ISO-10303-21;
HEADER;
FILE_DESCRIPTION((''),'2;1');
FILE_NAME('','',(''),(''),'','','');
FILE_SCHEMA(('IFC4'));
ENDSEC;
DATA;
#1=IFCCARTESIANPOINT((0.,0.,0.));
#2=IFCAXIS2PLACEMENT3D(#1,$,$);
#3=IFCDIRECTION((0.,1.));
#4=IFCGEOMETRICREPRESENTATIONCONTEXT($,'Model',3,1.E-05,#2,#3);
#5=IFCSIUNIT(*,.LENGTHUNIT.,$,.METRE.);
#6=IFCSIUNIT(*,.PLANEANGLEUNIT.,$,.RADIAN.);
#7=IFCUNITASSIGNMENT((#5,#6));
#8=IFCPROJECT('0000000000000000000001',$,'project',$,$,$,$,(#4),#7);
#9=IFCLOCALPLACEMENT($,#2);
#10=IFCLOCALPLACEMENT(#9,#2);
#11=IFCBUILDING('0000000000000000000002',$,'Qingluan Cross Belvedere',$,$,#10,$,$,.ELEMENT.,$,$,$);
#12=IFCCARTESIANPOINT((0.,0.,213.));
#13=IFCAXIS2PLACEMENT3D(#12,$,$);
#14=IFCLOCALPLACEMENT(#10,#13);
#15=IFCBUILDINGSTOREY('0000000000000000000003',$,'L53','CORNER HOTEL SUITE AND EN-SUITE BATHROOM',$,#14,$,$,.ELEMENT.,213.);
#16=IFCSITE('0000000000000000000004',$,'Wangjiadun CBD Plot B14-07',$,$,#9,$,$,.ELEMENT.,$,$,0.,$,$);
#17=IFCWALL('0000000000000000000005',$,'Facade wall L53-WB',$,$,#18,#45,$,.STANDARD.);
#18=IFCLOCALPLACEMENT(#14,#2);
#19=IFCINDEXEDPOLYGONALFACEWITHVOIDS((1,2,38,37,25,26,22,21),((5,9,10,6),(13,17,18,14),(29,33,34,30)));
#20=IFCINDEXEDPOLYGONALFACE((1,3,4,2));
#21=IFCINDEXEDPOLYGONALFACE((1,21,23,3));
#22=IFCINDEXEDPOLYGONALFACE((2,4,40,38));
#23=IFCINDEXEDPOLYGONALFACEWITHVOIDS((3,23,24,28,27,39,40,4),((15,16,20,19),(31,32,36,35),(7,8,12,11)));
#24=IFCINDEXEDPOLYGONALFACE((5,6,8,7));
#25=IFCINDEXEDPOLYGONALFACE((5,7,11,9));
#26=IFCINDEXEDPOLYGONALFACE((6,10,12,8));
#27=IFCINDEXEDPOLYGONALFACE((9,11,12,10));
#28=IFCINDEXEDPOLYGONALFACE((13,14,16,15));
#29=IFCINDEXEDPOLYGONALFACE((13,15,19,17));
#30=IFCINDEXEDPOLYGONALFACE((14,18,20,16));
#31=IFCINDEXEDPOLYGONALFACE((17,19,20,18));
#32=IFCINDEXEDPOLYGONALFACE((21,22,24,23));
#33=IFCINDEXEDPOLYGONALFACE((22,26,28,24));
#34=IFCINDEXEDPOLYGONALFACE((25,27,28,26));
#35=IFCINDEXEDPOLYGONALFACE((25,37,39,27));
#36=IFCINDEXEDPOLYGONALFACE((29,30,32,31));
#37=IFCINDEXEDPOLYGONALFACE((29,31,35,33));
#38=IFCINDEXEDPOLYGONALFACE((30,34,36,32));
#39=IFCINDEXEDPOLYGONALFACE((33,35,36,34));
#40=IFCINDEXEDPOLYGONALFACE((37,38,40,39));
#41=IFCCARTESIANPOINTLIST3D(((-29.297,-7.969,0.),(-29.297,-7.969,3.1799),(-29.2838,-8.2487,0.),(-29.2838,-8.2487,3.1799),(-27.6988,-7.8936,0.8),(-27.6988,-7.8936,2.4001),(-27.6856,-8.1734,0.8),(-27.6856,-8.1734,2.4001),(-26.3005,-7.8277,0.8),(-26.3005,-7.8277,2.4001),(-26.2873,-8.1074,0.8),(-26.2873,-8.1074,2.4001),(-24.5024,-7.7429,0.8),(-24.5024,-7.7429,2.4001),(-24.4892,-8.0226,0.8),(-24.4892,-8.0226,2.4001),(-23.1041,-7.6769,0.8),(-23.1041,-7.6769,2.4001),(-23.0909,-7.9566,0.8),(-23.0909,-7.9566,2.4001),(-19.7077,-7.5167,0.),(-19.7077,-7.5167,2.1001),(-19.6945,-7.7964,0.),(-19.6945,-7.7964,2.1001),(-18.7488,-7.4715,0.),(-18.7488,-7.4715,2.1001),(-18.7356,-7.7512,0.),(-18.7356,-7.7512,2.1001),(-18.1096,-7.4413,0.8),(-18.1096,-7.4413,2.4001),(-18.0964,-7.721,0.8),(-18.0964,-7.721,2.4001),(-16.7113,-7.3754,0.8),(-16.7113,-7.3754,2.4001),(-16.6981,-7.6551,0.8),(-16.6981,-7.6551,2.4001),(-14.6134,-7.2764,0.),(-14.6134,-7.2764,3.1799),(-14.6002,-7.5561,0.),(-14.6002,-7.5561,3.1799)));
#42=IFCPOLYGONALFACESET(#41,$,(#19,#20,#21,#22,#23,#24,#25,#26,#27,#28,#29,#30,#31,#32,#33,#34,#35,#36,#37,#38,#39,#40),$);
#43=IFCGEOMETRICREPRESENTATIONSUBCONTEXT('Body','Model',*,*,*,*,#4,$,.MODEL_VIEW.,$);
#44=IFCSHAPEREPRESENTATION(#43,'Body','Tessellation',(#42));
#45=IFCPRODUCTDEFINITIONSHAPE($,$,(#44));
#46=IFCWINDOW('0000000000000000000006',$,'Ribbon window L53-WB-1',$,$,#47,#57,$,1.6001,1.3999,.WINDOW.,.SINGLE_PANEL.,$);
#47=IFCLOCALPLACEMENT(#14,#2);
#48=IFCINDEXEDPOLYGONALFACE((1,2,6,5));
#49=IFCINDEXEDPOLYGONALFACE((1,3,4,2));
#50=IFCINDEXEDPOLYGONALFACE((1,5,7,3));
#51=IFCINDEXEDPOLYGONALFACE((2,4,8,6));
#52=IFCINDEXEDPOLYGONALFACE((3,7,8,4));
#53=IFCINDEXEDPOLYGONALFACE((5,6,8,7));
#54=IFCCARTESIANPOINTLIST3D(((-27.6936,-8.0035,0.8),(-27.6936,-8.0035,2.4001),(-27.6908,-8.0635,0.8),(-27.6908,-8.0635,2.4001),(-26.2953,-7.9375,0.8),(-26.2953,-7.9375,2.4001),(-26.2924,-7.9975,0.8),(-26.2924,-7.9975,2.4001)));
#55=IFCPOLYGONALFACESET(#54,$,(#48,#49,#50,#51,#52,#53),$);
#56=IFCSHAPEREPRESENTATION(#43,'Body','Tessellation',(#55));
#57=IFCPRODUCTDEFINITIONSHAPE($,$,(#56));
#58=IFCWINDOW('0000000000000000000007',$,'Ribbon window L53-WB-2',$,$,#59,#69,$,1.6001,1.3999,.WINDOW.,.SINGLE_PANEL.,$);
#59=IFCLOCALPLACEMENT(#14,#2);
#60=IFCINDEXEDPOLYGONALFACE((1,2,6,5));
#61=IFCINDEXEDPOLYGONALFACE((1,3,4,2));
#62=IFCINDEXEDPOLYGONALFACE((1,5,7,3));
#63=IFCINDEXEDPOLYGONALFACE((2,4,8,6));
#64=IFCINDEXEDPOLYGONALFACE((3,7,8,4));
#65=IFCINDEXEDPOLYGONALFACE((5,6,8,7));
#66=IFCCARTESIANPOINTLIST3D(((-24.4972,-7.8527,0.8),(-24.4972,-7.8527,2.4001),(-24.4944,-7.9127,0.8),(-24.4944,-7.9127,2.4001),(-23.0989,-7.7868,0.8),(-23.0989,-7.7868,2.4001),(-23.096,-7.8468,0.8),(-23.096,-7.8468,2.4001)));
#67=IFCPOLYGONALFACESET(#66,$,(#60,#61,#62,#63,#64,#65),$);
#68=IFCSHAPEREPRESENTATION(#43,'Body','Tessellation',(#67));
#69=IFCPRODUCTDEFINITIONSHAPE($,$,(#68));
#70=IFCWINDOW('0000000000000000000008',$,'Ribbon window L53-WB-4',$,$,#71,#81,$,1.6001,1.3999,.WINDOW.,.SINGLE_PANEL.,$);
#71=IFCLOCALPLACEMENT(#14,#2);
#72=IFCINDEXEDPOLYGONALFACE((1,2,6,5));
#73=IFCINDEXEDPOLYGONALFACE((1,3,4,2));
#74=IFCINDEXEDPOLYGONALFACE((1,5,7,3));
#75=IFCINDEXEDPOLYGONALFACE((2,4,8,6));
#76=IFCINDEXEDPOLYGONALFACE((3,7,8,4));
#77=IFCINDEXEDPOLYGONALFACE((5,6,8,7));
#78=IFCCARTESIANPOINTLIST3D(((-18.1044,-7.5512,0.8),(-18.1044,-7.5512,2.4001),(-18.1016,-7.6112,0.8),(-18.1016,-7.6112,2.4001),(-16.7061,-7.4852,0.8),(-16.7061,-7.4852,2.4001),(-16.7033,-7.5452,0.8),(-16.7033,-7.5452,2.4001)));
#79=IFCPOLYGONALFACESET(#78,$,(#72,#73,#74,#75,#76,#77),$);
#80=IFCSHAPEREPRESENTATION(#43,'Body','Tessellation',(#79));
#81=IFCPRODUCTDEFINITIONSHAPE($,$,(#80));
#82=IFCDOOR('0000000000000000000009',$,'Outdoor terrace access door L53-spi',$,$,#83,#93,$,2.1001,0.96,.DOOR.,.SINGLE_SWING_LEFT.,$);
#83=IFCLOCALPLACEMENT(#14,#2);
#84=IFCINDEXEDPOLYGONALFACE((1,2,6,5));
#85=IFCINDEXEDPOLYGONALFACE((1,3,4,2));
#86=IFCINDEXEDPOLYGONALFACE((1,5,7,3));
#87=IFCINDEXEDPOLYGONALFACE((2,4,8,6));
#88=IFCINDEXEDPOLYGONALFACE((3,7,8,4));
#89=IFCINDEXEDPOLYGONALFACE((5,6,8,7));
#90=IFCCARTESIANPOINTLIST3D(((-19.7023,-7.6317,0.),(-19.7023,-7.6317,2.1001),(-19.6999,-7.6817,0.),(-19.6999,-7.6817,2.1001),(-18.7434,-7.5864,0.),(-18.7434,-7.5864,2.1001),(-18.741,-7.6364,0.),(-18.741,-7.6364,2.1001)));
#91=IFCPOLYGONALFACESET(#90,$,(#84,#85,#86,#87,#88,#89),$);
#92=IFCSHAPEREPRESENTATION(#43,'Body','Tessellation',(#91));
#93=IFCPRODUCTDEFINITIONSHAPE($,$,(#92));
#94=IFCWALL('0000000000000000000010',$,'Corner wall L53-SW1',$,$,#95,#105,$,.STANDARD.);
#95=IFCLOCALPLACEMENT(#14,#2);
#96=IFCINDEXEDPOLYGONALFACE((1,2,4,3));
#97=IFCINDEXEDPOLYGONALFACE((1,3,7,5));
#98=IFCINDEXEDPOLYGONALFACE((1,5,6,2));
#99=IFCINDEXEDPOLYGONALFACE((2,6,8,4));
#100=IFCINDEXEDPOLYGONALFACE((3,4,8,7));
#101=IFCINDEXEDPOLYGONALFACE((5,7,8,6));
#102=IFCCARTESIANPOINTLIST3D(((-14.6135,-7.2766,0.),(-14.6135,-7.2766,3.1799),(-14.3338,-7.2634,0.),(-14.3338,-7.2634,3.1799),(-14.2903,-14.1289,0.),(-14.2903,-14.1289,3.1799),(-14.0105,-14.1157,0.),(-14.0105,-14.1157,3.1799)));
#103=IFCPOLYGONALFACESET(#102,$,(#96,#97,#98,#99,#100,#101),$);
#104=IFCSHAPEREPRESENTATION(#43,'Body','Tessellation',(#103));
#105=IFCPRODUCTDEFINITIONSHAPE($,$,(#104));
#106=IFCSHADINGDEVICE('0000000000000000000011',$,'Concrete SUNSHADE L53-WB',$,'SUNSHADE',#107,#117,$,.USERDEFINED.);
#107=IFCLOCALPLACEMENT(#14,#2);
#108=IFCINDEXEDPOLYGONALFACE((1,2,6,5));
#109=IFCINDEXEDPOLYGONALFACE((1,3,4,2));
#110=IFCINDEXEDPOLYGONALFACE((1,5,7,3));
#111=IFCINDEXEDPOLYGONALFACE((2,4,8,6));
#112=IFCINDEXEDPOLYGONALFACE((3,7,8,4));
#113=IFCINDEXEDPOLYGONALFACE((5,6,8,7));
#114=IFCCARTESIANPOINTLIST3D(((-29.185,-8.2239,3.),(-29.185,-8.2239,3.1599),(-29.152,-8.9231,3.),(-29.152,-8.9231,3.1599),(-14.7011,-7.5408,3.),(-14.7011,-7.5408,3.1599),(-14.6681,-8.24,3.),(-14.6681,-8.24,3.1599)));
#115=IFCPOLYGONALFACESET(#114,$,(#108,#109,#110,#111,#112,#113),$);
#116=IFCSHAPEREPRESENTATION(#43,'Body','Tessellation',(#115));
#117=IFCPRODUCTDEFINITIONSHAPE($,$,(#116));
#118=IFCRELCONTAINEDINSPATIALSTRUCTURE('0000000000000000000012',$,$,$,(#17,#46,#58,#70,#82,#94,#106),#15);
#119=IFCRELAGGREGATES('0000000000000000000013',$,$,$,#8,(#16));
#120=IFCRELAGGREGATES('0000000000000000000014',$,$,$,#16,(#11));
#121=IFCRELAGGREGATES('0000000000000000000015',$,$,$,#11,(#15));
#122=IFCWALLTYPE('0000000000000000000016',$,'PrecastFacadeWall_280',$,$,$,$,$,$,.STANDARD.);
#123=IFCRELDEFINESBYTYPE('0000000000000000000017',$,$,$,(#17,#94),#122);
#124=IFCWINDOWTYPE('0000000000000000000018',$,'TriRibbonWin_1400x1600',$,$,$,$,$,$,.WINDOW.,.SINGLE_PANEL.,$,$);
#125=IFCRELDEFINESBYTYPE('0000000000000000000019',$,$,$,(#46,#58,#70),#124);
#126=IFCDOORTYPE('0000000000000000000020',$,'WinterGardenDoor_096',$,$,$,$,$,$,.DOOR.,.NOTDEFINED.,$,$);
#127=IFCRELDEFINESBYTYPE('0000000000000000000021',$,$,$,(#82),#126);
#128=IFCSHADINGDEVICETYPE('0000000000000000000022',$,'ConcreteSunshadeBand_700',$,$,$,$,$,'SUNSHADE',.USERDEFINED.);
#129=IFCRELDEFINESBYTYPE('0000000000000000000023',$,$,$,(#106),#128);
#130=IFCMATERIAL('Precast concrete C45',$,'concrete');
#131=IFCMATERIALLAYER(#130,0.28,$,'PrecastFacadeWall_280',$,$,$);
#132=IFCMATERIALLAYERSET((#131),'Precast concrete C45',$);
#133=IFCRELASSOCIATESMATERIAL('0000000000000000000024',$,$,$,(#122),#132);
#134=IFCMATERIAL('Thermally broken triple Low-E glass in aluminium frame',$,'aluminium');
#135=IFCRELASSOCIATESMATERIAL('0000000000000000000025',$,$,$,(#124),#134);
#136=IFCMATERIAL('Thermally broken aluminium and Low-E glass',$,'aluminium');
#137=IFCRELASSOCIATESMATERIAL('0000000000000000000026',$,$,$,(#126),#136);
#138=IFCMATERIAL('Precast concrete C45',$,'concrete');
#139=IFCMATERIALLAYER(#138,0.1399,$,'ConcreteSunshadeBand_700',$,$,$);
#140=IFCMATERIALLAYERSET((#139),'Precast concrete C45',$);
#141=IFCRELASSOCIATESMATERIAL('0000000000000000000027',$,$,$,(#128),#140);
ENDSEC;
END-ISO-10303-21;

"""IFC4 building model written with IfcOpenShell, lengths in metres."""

from ifc_helpers import new_model, si_unit, direction, frame, frame_2d, origin, origin_2d, place, context, subcontext, project, spatial, rectangle, extrude, material, layer, layer_set, type_object, element, fill, save


model = new_model("IFC4")

# Units and contexts
model_context = context("Model", 3, precision=1e-05, world=origin(), true_north=direction((0.0, 1.0)))
body_context = subcontext(model_context, "Body", "Model", "MODEL_VIEW")
ifc_project = project(units=[si_unit("LENGTHUNIT", "METRE"), si_unit("PLANEANGLEUNIT", "RADIAN")], contexts=[model_context])

# Site, building, storey
site_placement = place(None, origin())
site = spatial("IfcSite", under=ifc_project, at=site_placement, Name="Wangjiadun CBD Plot B14-07", CompositionType="ELEMENT", RefElevation=0.0)
building_placement = place(site_placement, origin())
building = spatial("IfcBuilding", under=site, at=building_placement, Name="Qingluan Cross Belvedere", CompositionType="ELEMENT")
storey_placement = place(building_placement, frame((0.0, 0.0, 213.0)))
storey = spatial("IfcBuildingStorey", under=building, at=storey_placement, Name="L53", Description="CORNER HOTEL SUITE AND EN-SUITE BATHROOM", CompositionType="ELEMENT", Elevation=213.0)

# Wall, openings, windows, door
ifc_material_1 = material(Name="Precast concrete C45", Category="concrete")
ifc_layer_1 = layer(ifc_material_1, 0.28, Name="PrecastFacadeWall_280")
ifc_layer_set_1 = layer_set([ifc_layer_1], Name="Precast concrete C45")
wall_type_1 = type_object("IfcWallType", Name="PrecastFacadeWall_280", PredefinedType="STANDARD", material=ifc_layer_set_1)
wall_1_placement = place(storey_placement, frame((-29.2905, -8.1089, 0.0), z_axis=(0.0, 0.0, 1.0), x_axis=(0.998889, 0.047118, 0.0)))
wall_1 = element("IfcWall", 1, at=wall_1_placement, inside=storey, type_object=wall_type_1, Name="Facade wall L53-WB", PredefinedType="STANDARD", context=body_context, shape_type="SweptSolid", body=[
    extrude(rectangle(XDim=14.7, YDim=0.28, at=frame_2d((7.3501, 0.0))), origin(), (0.0, 0.0, 1.0), 3.1799),
])
opening_1_placement = place(wall_1_placement, frame((1.6001, 0.0, 0.8)))
opening_1 = element("IfcOpeningElement", 2, at=opening_1_placement, cuts=wall_1, PredefinedType="OPENING", context=body_context, shape_type="SweptSolid", body=[
    extrude(rectangle(XDim=1.3999, YDim=1.6001, at=frame_2d((0.7, 0.8))), frame((0.0, 0.1499, 0.0), z_axis=(0.0, -1.0, 0.0), x_axis=(1.0, 0.0, 0.0)), (0.0, 0.0, 1.0), 0.3),
])
opening_2_placement = place(wall_1_placement, frame((4.8, 0.0, 0.8)))
opening_2 = element("IfcOpeningElement", 3, at=opening_2_placement, cuts=wall_1, PredefinedType="OPENING", context=body_context, shape_type="SweptSolid", body=[
    extrude(rectangle(XDim=1.3999, YDim=1.6001, at=frame_2d((0.7, 0.8))), frame((0.0, 0.1499, 0.0), z_axis=(0.0, -1.0, 0.0), x_axis=(1.0, 0.0, 0.0)), (0.0, 0.0, 1.0), 0.3),
])
opening_3_placement = place(wall_1_placement, frame((11.2, 0.0, 0.8)))
opening_3 = element("IfcOpeningElement", 4, at=opening_3_placement, cuts=wall_1, PredefinedType="OPENING", context=body_context, shape_type="SweptSolid", body=[
    extrude(rectangle(XDim=1.3999, YDim=1.6001, at=frame_2d((0.7, 0.8))), frame((0.0, 0.1499, 0.0), z_axis=(0.0, -1.0, 0.0), x_axis=(1.0, 0.0, 0.0)), (0.0, 0.0, 1.0), 0.3),
])
opening_4_placement = place(wall_1_placement, frame((9.6001, 0.0, 0.0)))
opening_4 = element("IfcOpeningElement", 5, at=opening_4_placement, cuts=wall_1, PredefinedType="OPENING", context=body_context, shape_type="SweptSolid", body=[
    extrude(rectangle(XDim=0.96, YDim=2.1001, at=frame_2d((0.48, 1.05))), frame((0.0, 0.1499, 0.0), z_axis=(0.0, -1.0, 0.0), x_axis=(1.0, 0.0, 0.0)), (0.0, 0.0, 1.0), 0.3),
])
ifc_material_2 = material(Name="Thermally broken triple Low-E glass in aluminium frame", Category="aluminium")
window_type = type_object("IfcWindowType", Name="TriRibbonWin_1400x1600", PartitioningType="SINGLE_PANEL", PredefinedType="WINDOW", material=ifc_material_2)
window_1_placement = place(opening_1_placement, origin())
window_1 = element("IfcWindow", 6, at=window_1_placement, inside=storey, type_object=window_type, Name="Ribbon window L53-WB-1", OverallHeight=1.6001, OverallWidth=1.3999, PartitioningType="SINGLE_PANEL", PredefinedType="WINDOW", context=body_context, shape_type="SweptSolid", body=[
    extrude(rectangle(XDim=1.3999, YDim=1.6001, at=frame_2d((0.7, 0.8))), frame((0.0, 0.03, 0.0), z_axis=(0.0, -1.0, 0.0), x_axis=(1.0, 0.0, 0.0)), (0.0, 0.0, 1.0), 0.0601),
])
fill(opening_1, window_1)
window_2_placement = place(opening_2_placement, origin())
window_2 = element("IfcWindow", 7, at=window_2_placement, inside=storey, type_object=window_type, Name="Ribbon window L53-WB-2", OverallHeight=1.6001, OverallWidth=1.3999, PartitioningType="SINGLE_PANEL", PredefinedType="WINDOW", context=body_context, shape_type="SweptSolid", body=[
    extrude(rectangle(XDim=1.3999, YDim=1.6001, at=frame_2d((0.7, 0.8))), frame((0.0, 0.03, 0.0), z_axis=(0.0, -1.0, 0.0), x_axis=(1.0, 0.0, 0.0)), (0.0, 0.0, 1.0), 0.0601),
])
fill(opening_2, window_2)
window_3_placement = place(opening_3_placement, origin())
window_3 = element("IfcWindow", 8, at=window_3_placement, inside=storey, type_object=window_type, Name="Ribbon window L53-WB-4", OverallHeight=1.6001, OverallWidth=1.3999, PartitioningType="SINGLE_PANEL", PredefinedType="WINDOW", context=body_context, shape_type="SweptSolid", body=[
    extrude(rectangle(XDim=1.3999, YDim=1.6001, at=frame_2d((0.7, 0.8))), frame((0.0, 0.03, 0.0), z_axis=(0.0, -1.0, 0.0), x_axis=(1.0, 0.0, 0.0)), (0.0, 0.0, 1.0), 0.0601),
])
fill(opening_3, window_3)
ifc_material_3 = material(Name="Thermally broken aluminium and Low-E glass", Category="aluminium")
door_type_1 = type_object("IfcDoorType", Name="WinterGardenDoor_096", OperationType="NOTDEFINED", PredefinedType="DOOR", material=ifc_material_3)
door_1_placement = place(opening_4_placement, origin())
door_1 = element("IfcDoor", 9, at=door_1_placement, inside=storey, type_object=door_type_1, Name="Outdoor terrace access door L53-spi", OperationType="SINGLE_SWING_LEFT", OverallHeight=2.1001, OverallWidth=0.96, PredefinedType="DOOR", context=body_context, shape_type="SweptSolid", body=[
    extrude(rectangle(XDim=0.96, YDim=2.1001, at=frame_2d((0.48, 1.05))), frame((0.0, 0.0249, 0.0), z_axis=(0.0, -1.0, 0.0), x_axis=(1.0, 0.0, 0.0)), (0.0, 0.0, 1.0), 0.05),
])
fill(opening_4, door_1)

# Wall
wall_2_placement = place(storey_placement, frame((-14.4736, -7.27, 0.0), z_axis=(0.0, 0.0, 1.0), x_axis=(0.04712, -0.998889, 0.0)))
element("IfcWall", 10, at=wall_2_placement, inside=storey, type_object=wall_type_1, Name="Corner wall L53-SW1", PredefinedType="STANDARD", context=body_context, shape_type="SweptSolid", body=[
    extrude(rectangle(XDim=6.8599, YDim=0.28, at=frame_2d((3.4299, 0.0))), origin(), (0.0, 0.0, 1.0), 3.1799),
])

# Shading device
ifc_material_4 = material(Name="Precast concrete C45", Category="concrete")
ifc_layer_2 = layer(ifc_material_4, 0.1399, Name="ConcreteSunshadeBand_700")
ifc_layer_set_2 = layer_set([ifc_layer_2], Name="Precast concrete C45")
shading_device_type = type_object("IfcShadingDeviceType", Name="ConcreteSunshadeBand_700", ElementType="SUNSHADE", PredefinedType="USERDEFINED", material=ifc_layer_set_2)
shading_device_placement = place(storey_placement, frame((-21.9265, -8.2319, 3.0), z_axis=(0.0, 0.0, 1.0), x_axis=(0.99889, 0.047109, 0.0)))
element("IfcShadingDevice", 11, at=shading_device_placement, inside=storey, type_object=shading_device_type, Name="Concrete SUNSHADE L53-WB", ObjectType="SUNSHADE", PredefinedType="USERDEFINED", context=body_context, shape_type="SweptSolid", body=[
    extrude(rectangle(XDim=14.5, YDim=0.7, at=origin_2d()), origin(), (0.0, 0.0, 1.0), 0.1599),
])

save(model, "model.ifc")
